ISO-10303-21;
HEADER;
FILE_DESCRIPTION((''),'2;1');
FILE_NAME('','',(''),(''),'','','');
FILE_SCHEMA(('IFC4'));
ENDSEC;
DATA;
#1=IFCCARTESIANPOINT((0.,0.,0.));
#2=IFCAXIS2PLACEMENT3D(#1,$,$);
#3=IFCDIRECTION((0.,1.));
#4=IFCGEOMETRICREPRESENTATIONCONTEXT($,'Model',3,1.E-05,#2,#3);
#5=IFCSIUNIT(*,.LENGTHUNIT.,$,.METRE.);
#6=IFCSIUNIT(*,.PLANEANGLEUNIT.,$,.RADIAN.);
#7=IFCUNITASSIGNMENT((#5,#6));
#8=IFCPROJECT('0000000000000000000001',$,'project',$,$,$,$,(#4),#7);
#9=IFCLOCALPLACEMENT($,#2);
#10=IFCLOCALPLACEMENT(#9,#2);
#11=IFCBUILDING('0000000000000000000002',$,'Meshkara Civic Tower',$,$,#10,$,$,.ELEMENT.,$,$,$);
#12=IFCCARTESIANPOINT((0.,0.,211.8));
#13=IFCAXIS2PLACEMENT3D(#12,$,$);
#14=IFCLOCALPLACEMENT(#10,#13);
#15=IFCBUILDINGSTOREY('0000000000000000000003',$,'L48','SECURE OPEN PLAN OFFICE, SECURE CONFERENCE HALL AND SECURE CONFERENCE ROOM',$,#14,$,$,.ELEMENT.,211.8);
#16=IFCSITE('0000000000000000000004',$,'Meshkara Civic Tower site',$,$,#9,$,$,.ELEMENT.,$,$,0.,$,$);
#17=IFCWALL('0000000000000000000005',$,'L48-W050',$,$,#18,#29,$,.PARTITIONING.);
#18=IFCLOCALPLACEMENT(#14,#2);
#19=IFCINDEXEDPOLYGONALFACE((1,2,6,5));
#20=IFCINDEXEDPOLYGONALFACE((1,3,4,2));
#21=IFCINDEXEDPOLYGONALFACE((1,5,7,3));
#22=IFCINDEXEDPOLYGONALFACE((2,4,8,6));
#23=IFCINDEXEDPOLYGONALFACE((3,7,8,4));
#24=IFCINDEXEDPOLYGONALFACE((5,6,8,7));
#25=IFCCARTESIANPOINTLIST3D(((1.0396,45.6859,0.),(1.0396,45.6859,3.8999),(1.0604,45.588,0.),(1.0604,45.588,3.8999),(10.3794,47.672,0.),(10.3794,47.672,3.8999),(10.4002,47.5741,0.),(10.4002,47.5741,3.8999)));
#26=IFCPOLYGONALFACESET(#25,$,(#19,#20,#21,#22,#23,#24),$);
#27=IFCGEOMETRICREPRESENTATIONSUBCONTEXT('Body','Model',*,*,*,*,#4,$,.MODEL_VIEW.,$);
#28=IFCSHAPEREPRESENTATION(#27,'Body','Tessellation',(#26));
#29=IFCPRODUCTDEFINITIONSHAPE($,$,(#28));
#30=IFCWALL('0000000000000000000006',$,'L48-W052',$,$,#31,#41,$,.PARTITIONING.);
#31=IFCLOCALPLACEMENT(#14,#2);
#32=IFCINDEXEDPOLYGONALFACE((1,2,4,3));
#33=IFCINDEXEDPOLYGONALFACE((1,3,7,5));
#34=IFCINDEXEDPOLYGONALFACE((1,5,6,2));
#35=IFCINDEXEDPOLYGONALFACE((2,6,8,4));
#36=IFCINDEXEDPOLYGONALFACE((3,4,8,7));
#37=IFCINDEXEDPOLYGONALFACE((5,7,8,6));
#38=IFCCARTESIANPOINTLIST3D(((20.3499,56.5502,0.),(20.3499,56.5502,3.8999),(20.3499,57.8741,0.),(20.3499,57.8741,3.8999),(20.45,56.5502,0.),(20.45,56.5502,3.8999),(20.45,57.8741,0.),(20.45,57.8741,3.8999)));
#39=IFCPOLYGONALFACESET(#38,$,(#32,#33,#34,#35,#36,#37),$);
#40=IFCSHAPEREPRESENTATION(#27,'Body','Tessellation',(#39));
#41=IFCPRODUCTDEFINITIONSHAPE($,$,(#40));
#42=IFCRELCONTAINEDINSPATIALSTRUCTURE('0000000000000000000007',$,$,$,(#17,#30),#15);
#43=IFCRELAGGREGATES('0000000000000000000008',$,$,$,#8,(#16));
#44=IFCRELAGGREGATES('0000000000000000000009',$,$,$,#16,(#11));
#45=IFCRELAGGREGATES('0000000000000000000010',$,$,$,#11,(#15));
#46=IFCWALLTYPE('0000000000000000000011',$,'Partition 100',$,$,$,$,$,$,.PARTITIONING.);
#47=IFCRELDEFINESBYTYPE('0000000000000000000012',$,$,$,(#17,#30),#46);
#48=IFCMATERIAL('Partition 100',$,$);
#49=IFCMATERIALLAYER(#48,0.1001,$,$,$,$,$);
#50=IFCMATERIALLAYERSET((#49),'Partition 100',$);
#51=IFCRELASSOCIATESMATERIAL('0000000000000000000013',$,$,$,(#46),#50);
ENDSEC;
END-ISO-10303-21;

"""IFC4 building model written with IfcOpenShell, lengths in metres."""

from ifc_helpers import new_model, si_unit, direction, frame, frame_2d, origin, place, context, subcontext, project, spatial, rectangle, extrude, material, layer, layer_set, type_object, element, save


model = new_model("IFC4")

# Units and contexts
model_context = context("Model", 3, precision=1e-05, world=origin(), true_north=direction((0.0, 1.0)))
body_context = subcontext(model_context, "Body", "Model", "MODEL_VIEW")
ifc_project = project(units=[si_unit("LENGTHUNIT", "METRE"), si_unit("PLANEANGLEUNIT", "RADIAN")], contexts=[model_context])

# Site, building, storey
site_placement = place(None, origin())
site = spatial("IfcSite", under=ifc_project, at=site_placement, Name="Meshkara Civic Tower site", CompositionType="ELEMENT", RefElevation=0.0)
building_placement = place(site_placement, origin())
building = spatial("IfcBuilding", under=site, at=building_placement, Name="Meshkara Civic Tower", CompositionType="ELEMENT")
storey_placement = place(building_placement, frame((0.0, 0.0, 211.8)))
storey = spatial("IfcBuildingStorey", under=building, at=storey_placement, Name="L48", Description="SECURE OPEN PLAN OFFICE, SECURE CONFERENCE HALL AND SECURE CONFERENCE ROOM", CompositionType="ELEMENT", Elevation=211.8)

# Walls
ifc_material_1 = material(Name="Partition 100")
ifc_layer_1 = layer(ifc_material_1, 0.1001)
ifc_layer_set_1 = layer_set([ifc_layer_1], Name="Partition 100")
wall_type_1 = type_object("IfcWallType", Name="Partition 100", PredefinedType="PARTITIONING", material=ifc_layer_set_1)
wall_1_placement = place(storey_placement, frame((10.3899, 47.623, 0.0), z_axis=(0.0, 0.0, 1.0), x_axis=(-0.97813, -0.207996, 0.0)))
element("IfcWall", 1, at=wall_1_placement, inside=storey, type_object=wall_type_1, Name="L48-W050", PredefinedType="PARTITIONING", context=body_context, shape_type="SweptSolid", body=[
    extrude(rectangle(XDim=9.5486, YDim=0.1001, at=frame_2d((4.7744, 0.0))), origin(), (0.0, 0.0, 1.0), 3.8999),
])
wall_2_placement = place(storey_placement, frame((20.3999, 56.55, 0.0), z_axis=(0.0, 0.0, 1.0), x_axis=(0.0, 1.0, 0.0)))
element("IfcWall", 2, at=wall_2_placement, inside=storey, type_object=wall_type_1, Name="L48-W052", PredefinedType="PARTITIONING", context=body_context, shape_type="SweptSolid", body=[
    extrude(rectangle(XDim=1.324, YDim=0.1001, at=frame_2d((0.6621, 0.0))), origin(), (0.0, 0.0, 1.0), 3.8999),
])

save(model, "model.ifc")
